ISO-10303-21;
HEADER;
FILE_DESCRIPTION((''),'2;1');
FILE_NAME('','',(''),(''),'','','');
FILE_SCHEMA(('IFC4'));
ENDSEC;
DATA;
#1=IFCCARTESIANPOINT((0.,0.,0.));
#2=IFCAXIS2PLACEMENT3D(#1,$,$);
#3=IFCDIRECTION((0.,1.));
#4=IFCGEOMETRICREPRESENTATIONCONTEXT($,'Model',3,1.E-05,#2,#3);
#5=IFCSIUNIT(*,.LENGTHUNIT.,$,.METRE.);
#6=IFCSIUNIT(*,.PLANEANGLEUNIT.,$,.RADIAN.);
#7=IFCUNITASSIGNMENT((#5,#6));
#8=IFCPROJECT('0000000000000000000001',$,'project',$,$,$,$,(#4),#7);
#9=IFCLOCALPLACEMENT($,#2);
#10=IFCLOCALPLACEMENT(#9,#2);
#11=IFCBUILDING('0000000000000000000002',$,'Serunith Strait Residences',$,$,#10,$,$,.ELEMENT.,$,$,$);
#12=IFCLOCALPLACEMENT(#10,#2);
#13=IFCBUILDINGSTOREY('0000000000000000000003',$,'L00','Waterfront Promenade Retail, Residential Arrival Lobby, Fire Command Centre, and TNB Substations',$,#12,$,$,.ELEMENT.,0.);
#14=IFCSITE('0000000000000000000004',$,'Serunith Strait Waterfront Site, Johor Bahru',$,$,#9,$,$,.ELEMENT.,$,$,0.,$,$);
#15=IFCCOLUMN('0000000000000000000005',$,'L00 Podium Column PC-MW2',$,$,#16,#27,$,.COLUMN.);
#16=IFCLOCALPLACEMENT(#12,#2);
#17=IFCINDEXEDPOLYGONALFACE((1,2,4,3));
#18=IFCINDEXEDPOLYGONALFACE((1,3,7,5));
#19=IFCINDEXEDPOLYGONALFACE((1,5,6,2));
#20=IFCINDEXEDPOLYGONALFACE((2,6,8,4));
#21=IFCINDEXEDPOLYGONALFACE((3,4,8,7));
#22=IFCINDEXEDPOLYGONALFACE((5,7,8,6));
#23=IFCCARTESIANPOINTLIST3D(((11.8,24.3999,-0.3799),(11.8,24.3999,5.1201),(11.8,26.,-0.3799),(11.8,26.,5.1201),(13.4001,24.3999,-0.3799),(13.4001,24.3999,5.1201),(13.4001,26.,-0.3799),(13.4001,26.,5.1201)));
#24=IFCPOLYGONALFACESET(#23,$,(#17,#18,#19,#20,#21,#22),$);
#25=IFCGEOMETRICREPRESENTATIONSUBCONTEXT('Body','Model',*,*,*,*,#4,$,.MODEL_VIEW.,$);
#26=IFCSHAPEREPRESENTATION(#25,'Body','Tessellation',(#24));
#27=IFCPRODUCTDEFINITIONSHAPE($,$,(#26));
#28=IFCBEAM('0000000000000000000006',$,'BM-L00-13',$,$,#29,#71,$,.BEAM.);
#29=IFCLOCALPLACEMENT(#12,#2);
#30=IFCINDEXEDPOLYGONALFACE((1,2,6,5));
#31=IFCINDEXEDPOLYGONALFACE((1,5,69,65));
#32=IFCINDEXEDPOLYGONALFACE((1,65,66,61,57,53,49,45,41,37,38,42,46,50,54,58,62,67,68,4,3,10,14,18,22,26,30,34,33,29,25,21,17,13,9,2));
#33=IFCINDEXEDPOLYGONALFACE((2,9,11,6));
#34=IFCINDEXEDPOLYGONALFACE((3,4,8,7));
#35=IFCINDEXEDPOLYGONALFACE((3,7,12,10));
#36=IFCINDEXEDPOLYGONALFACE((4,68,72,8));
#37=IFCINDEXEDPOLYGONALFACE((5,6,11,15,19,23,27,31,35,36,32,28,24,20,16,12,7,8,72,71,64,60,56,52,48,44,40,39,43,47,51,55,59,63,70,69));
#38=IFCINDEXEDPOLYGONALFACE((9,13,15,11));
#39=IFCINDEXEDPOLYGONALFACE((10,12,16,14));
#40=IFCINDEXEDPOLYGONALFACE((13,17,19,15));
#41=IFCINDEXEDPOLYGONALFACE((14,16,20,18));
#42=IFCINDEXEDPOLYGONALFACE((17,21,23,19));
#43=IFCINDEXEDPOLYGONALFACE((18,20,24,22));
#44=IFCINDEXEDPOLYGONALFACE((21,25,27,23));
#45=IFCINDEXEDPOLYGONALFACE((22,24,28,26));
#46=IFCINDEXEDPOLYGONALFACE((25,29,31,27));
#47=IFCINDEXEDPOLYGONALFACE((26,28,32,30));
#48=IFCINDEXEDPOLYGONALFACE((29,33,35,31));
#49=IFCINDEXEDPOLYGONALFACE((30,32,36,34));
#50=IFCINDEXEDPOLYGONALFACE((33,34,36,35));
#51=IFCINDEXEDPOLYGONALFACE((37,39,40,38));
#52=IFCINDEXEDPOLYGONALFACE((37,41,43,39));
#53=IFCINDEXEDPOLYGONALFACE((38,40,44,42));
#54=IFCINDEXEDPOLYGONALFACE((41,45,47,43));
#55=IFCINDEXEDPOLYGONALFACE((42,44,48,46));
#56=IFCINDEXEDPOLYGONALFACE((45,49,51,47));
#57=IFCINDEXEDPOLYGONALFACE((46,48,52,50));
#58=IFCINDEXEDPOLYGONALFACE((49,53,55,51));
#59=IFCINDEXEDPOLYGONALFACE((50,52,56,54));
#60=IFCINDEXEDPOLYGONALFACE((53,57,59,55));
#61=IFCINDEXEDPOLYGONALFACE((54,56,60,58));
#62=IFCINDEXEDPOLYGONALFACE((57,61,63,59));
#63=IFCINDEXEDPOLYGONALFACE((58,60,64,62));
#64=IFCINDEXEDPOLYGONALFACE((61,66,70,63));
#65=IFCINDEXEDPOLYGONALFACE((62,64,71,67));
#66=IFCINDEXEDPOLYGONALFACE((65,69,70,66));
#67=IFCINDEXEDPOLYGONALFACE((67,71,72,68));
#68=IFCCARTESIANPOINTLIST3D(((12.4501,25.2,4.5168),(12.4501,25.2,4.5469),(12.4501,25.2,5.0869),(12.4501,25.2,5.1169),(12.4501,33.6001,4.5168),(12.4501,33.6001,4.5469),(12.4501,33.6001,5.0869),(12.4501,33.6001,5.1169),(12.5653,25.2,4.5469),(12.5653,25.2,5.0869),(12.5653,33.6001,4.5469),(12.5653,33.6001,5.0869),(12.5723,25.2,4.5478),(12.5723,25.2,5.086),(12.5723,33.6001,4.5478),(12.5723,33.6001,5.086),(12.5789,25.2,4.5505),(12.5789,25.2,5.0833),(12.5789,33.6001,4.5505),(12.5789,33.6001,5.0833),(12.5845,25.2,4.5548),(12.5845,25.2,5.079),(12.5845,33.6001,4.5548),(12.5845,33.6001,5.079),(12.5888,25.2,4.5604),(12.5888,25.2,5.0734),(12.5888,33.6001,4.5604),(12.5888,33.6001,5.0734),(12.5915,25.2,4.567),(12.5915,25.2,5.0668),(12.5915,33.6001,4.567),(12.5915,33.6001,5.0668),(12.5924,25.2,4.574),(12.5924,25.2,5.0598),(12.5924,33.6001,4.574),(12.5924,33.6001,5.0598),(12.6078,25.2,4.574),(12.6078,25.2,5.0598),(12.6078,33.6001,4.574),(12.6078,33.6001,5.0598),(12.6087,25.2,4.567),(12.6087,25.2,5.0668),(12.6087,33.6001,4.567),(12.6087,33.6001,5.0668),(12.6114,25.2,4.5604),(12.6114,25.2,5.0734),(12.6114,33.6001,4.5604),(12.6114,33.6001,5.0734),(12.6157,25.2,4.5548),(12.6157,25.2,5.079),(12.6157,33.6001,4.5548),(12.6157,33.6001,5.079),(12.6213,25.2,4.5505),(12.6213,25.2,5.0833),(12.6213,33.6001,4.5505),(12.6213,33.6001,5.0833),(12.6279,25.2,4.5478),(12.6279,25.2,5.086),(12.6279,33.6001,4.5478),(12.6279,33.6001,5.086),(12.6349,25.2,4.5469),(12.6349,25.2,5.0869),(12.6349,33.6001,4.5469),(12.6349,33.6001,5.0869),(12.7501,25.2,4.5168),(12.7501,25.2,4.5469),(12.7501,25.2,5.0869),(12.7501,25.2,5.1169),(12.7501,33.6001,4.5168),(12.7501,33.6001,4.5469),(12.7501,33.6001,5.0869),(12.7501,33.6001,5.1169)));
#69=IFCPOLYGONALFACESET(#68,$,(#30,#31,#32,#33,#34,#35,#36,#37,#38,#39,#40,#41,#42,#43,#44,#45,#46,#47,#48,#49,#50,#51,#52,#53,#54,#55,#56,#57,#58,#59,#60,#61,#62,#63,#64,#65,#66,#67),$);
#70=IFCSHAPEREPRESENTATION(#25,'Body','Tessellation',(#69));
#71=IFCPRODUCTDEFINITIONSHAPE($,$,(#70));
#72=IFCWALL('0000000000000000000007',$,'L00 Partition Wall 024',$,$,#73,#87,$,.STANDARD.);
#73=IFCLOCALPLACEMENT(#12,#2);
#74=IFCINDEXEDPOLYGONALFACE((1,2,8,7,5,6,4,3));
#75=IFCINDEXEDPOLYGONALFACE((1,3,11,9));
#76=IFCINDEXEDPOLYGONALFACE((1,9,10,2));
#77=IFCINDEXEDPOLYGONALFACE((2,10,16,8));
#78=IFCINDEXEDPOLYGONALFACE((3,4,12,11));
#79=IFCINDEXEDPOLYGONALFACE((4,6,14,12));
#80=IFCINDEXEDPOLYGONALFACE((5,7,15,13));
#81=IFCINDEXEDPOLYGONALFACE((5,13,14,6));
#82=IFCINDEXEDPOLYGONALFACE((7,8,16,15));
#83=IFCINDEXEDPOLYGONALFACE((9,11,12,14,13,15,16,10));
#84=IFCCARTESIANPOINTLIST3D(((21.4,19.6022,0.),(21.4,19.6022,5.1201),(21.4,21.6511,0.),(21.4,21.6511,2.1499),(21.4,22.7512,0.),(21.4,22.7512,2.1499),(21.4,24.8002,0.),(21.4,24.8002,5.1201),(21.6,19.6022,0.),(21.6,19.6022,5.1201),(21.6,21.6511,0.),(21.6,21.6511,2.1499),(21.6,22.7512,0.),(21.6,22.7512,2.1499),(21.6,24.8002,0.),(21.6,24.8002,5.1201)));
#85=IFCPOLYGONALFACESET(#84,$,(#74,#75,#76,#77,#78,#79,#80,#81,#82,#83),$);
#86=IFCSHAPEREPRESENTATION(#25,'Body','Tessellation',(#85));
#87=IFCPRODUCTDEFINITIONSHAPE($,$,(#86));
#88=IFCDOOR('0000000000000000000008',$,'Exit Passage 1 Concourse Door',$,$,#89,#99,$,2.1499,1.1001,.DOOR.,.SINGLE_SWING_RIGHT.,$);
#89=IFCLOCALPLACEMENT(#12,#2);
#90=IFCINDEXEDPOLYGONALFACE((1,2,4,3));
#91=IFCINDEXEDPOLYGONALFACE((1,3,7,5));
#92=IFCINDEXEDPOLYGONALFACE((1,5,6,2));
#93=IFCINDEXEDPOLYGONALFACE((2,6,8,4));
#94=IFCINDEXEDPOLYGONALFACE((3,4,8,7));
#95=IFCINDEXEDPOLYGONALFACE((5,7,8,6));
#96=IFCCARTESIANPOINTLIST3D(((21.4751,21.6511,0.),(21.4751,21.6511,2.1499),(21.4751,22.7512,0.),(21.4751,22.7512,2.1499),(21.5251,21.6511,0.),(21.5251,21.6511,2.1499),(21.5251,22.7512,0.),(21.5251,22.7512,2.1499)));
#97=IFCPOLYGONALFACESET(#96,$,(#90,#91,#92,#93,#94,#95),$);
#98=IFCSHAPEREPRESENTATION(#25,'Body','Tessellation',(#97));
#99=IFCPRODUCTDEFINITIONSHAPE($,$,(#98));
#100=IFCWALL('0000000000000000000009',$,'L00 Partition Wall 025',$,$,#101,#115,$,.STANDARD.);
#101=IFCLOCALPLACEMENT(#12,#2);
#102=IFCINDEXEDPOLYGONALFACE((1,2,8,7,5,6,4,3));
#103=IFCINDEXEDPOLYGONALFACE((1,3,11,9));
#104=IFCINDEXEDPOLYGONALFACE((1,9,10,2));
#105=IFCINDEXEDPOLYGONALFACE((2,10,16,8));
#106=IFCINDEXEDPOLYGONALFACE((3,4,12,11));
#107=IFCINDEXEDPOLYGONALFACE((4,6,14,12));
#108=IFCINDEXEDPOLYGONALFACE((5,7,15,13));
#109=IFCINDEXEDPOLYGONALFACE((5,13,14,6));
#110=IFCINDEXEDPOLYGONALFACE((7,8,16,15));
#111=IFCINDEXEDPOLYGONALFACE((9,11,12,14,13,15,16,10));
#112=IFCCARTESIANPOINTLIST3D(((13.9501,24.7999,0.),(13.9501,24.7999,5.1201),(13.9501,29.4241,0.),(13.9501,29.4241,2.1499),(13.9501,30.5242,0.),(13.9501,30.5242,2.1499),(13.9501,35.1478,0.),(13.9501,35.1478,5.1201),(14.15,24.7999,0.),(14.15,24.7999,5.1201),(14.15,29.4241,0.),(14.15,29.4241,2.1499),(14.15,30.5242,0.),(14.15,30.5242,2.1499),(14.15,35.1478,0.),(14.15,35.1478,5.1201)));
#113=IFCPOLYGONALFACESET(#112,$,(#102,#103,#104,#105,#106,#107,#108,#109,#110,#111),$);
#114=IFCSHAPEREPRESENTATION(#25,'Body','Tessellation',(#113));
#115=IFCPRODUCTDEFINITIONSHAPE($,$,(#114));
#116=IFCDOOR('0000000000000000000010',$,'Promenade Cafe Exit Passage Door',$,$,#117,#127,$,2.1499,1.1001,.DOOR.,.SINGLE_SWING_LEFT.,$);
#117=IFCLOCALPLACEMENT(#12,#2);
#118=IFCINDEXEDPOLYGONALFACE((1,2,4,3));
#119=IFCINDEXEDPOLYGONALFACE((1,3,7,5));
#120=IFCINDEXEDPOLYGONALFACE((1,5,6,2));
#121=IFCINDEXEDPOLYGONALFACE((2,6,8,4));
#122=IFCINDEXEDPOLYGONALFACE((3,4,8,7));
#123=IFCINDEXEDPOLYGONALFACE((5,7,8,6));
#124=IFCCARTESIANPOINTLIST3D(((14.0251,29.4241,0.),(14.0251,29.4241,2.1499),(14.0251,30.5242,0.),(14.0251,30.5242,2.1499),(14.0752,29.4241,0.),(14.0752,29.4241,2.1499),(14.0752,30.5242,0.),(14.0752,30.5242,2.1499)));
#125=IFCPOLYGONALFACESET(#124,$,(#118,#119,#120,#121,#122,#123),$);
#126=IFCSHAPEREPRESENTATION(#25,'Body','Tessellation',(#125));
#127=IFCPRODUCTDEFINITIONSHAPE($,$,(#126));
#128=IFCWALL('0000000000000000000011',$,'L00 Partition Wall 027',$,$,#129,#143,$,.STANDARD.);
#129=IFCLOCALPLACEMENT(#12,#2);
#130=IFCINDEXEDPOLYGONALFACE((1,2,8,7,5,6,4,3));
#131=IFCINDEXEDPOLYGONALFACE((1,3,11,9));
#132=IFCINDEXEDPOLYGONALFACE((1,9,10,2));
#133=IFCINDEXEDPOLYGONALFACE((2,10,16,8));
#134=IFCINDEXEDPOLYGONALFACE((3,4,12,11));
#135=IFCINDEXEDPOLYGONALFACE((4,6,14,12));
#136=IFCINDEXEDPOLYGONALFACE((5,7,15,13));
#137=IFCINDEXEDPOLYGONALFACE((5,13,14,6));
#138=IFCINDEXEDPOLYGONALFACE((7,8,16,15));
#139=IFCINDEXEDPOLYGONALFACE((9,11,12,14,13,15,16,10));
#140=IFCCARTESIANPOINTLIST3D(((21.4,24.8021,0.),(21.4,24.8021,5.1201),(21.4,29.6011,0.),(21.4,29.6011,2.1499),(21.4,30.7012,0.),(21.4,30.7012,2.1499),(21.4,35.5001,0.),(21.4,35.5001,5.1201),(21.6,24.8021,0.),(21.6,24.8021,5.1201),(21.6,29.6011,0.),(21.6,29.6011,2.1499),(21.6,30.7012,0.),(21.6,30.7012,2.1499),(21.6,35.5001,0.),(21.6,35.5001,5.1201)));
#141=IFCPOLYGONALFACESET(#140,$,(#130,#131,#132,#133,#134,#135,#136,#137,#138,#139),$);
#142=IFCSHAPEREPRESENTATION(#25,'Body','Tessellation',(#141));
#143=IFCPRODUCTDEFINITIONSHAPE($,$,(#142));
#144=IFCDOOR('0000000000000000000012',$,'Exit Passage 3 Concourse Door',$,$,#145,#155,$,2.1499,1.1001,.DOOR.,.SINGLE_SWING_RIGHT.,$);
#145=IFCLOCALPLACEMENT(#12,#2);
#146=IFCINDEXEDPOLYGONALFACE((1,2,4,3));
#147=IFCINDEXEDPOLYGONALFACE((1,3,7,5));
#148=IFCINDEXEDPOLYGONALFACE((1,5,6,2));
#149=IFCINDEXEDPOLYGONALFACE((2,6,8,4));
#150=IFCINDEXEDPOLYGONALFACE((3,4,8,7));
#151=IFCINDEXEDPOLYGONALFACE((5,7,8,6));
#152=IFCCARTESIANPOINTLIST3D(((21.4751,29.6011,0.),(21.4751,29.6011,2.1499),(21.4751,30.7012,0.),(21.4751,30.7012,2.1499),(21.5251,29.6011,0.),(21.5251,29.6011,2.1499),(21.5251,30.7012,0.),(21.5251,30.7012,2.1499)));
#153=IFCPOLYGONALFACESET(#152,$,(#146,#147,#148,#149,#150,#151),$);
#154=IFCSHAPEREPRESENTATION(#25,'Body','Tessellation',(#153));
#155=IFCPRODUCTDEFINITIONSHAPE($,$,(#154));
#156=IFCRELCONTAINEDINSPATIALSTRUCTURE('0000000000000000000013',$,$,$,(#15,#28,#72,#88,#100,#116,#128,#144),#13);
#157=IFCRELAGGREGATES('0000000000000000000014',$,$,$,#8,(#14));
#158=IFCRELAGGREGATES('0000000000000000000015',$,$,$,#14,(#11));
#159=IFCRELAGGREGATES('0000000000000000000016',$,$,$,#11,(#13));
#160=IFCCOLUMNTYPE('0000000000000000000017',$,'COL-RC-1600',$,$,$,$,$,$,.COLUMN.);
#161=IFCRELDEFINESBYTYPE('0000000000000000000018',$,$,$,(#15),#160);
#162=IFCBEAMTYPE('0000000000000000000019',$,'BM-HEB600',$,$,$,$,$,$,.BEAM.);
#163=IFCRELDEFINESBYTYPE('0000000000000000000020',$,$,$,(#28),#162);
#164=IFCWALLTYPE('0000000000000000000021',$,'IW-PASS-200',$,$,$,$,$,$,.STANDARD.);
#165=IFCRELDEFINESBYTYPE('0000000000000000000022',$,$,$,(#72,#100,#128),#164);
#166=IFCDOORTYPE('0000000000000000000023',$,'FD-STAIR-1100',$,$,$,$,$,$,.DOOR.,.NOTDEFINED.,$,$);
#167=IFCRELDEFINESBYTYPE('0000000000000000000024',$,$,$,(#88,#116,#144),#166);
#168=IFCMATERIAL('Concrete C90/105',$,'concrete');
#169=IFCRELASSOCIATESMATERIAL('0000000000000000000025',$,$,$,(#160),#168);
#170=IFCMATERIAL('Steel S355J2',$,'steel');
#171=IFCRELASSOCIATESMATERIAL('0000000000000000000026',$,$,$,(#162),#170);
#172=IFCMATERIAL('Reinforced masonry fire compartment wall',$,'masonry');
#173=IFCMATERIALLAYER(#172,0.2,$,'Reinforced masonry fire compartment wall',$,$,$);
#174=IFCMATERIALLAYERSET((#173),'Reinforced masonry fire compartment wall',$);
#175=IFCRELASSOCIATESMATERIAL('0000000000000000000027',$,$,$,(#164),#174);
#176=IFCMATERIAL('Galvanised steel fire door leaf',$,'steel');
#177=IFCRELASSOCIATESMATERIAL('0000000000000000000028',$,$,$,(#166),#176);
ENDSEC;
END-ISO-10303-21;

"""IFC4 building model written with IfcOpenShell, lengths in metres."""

from ifc_helpers import new_model, si_unit, direction, frame, frame_2d, origin, origin_2d, place, context, subcontext, project, spatial, rectangle, i_section, extrude, source, transform, mapped, material, layer, layer_set, material_profile, profile_set, type_object, element, fill, save


model = new_model("IFC4")

# Units and contexts
model_context = context("Model", 3, precision=1e-05, world=origin(), true_north=direction((0.0, 1.0)))
body_context = subcontext(model_context, "Body", "Model", "MODEL_VIEW")
ifc_project = project(units=[si_unit("LENGTHUNIT", "METRE"), si_unit("PLANEANGLEUNIT", "RADIAN")], contexts=[model_context])

# Site, building, storey
site_placement = place(None, origin())
site = spatial("IfcSite", under=ifc_project, at=site_placement, Name="Serunith Strait Waterfront Site, Johor Bahru", CompositionType="ELEMENT", RefElevation=0.0)
building_placement = place(site_placement, origin())
building = spatial("IfcBuilding", under=site, at=building_placement, Name="Serunith Strait Residences", CompositionType="ELEMENT")
storey_placement = place(building_placement, origin())
storey = spatial("IfcBuildingStorey", under=building, at=storey_placement, Name="L00", Description="Waterfront Promenade Retail, Residential Arrival Lobby, Fire Command Centre, and TNB Substations", CompositionType="ELEMENT", Elevation=0.0)

# Column
ifc_material_1 = material(Name="Concrete C90/105", Category="concrete")
ifc_material_profile_1 = material_profile(ifc_material_1, rectangle(XDim=1.6001, YDim=1.6001, at=origin_2d()), Name="RC 1600x1600")
ifc_profile_set_1 = profile_set([ifc_material_profile_1], Name="Concrete C90/105")
column_type = type_object("IfcColumnType", Name="COL-RC-1600", PredefinedType="COLUMN", material=ifc_profile_set_1)
shared_shape_1 = source(origin(), body_context, "Body", "SweptSolid", [
    extrude(rectangle(XDim=1.6001, YDim=1.6001, at=origin_2d()), origin(), (0.0, 0.0, 1.0), 5.5),
])
column_placement = place(storey_placement, frame((12.6001, 25.2, -0.3799), z_axis=(0.0, 0.0, 1.0), x_axis=(1.0, 0.0, 0.0)))
element("IfcColumn", 1, at=column_placement, inside=storey, type_object=column_type, Name="L00 Podium Column PC-MW2", PredefinedType="COLUMN", context=body_context, shape_type="MappedRepresentation", body=[
    mapped(shared_shape_1, transform((0.0, 0.0, 0.0), scale=1.0)),
])

# Beam
ifc_material_2 = material(Name="Steel S355J2", Category="steel")
ifc_material_profile_2 = material_profile(ifc_material_2, i_section(OverallWidth=0.3, OverallDepth=0.6001, WebThickness=0.0154, FlangeThickness=0.03, FilletRadius=0.0271, at=origin_2d()), Name="HEB 600")
ifc_profile_set_2 = profile_set([ifc_material_profile_2], Name="Steel S355J2")
beam_type = type_object("IfcBeamType", Name="BM-HEB600", PredefinedType="BEAM", material=ifc_profile_set_2)
shared_shape_2 = source(origin(), body_context, "Body", "SweptSolid", [
    extrude(i_section(OverallWidth=0.3, OverallDepth=0.6001, WebThickness=0.0154, FlangeThickness=0.03, FilletRadius=0.0271, at=origin_2d()), origin(), (0.0, 0.0, 1.0), 8.4001),
])
beam_placement = place(storey_placement, frame((12.6001, 25.2, 4.8169), z_axis=(0.0, 1.0, 0.0), x_axis=(-1.0, 0.0, 0.0)))
element("IfcBeam", 2, at=beam_placement, inside=storey, type_object=beam_type, Name="BM-L00-13", PredefinedType="BEAM", context=body_context, shape_type="MappedRepresentation", body=[
    mapped(shared_shape_2, transform((0.0, 0.0, 0.0), scale=1.0)),
])

# Walls, openings, doors
ifc_material_3 = material(Name="Reinforced masonry fire compartment wall", Category="masonry")
ifc_layer_1 = layer(ifc_material_3, 0.2, Name="Reinforced masonry fire compartment wall")
ifc_layer_set_1 = layer_set([ifc_layer_1], Name="Reinforced masonry fire compartment wall")
wall_type_1 = type_object("IfcWallType", Name="IW-PASS-200", PredefinedType="STANDARD", material=ifc_layer_set_1)
wall_1_placement = place(storey_placement, frame((21.5, 19.6021, 0.0), z_axis=(0.0, 0.0, 1.0), x_axis=(0.0, 1.0, 0.0)))
wall_1 = element("IfcWall", 3, at=wall_1_placement, inside=storey, type_object=wall_type_1, Name="L00 Partition Wall 024", PredefinedType="STANDARD", context=body_context, shape_type="SweptSolid", body=[
    extrude(rectangle(XDim=5.198, YDim=0.2, at=frame_2d((2.5991, 0.0))), origin(), (0.0, 0.0, 1.0), 5.1201),
])
opening_1_placement = place(wall_1_placement, frame((2.0491, 0.0, 0.0)))
opening_1 = element("IfcOpeningElement", 4, at=opening_1_placement, cuts=wall_1, PredefinedType="OPENING", context=body_context, shape_type="SweptSolid", body=[
    extrude(rectangle(XDim=1.1001, YDim=2.1499, at=frame_2d((0.55, 1.075))), frame((0.0, 0.1099, 0.0), z_axis=(0.0, -1.0, 0.0), x_axis=(1.0, 0.0, 0.0)), (0.0, 0.0, 1.0), 0.22),
])
ifc_material_4 = material(Name="Galvanised steel fire door leaf", Category="steel")
door_type_1 = type_object("IfcDoorType", Name="FD-STAIR-1100", OperationType="NOTDEFINED", PredefinedType="DOOR", material=ifc_material_4)
shared_shape_3 = source(origin(), body_context, "Body", "SweptSolid", [
    extrude(rectangle(XDim=1.1001, YDim=2.1499, at=frame_2d((0.55, 1.075))), frame((0.0, 0.0249, 0.0), z_axis=(0.0, -1.0, 0.0), x_axis=(1.0, 0.0, 0.0)), (0.0, 0.0, 1.0), 0.05),
])
door_1_placement = place(opening_1_placement, origin())
door_1 = element("IfcDoor", 5, at=door_1_placement, inside=storey, type_object=door_type_1, Name="Exit Passage 1 Concourse Door", OperationType="SINGLE_SWING_RIGHT", OverallHeight=2.1499, OverallWidth=1.1001, PredefinedType="DOOR", context=body_context, shape_type="MappedRepresentation", body=[
    mapped(shared_shape_3, transform((0.0, 0.0, 0.0), scale=1.0)),
])
fill(opening_1, door_1)
wall_2_placement = place(storey_placement, frame((14.05, 24.8, 0.0), z_axis=(0.0, 0.0, 1.0), x_axis=(0.0, 1.0, 0.0)))
wall_2 = element("IfcWall", 6, at=wall_2_placement, inside=storey, type_object=wall_type_1, Name="L00 Partition Wall 025", PredefinedType="STANDARD", context=body_context, shape_type="SweptSolid", body=[
    extrude(rectangle(XDim=10.3479, YDim=0.2, at=frame_2d((5.1738, 0.0))), origin(), (0.0, 0.0, 1.0), 5.1201),
])
opening_2_placement = place(wall_2_placement, frame((4.624, 0.0, 0.0)))
opening_2 = element("IfcOpeningElement", 7, at=opening_2_placement, cuts=wall_2, PredefinedType="OPENING", context=body_context, shape_type="SweptSolid", body=[
    extrude(rectangle(XDim=1.1001, YDim=2.1499, at=frame_2d((0.55, 1.075))), frame((0.0, 0.1099, 0.0), z_axis=(0.0, -1.0, 0.0), x_axis=(1.0, 0.0, 0.0)), (0.0, 0.0, 1.0), 0.22),
])
door_2_placement = place(opening_2_placement, origin())
door_2 = element("IfcDoor", 8, at=door_2_placement, inside=storey, type_object=door_type_1, Name="Promenade Cafe Exit Passage Door", OperationType="SINGLE_SWING_LEFT", OverallHeight=2.1499, OverallWidth=1.1001, PredefinedType="DOOR", context=body_context, shape_type="MappedRepresentation", body=[
    mapped(shared_shape_3, transform((0.0, 0.0, 0.0), scale=1.0)),
])
fill(opening_2, door_2)
wall_3_placement = place(storey_placement, frame((21.5, 24.802, 0.0), z_axis=(0.0, 0.0, 1.0), x_axis=(0.0, 1.0, 0.0)))
wall_3 = element("IfcWall", 9, at=wall_3_placement, inside=storey, type_object=wall_type_1, Name="L00 Partition Wall 027", PredefinedType="STANDARD", context=body_context, shape_type="SweptSolid", body=[
    extrude(rectangle(XDim=10.698, YDim=0.2, at=frame_2d((5.3491, 0.0))), origin(), (0.0, 0.0, 1.0), 5.1201),
])
opening_3_placement = place(wall_3_placement, frame((4.7991, 0.0, 0.0)))
opening_3 = element("IfcOpeningElement", 10, at=opening_3_placement, cuts=wall_3, PredefinedType="OPENING", context=body_context, shape_type="SweptSolid", body=[
    extrude(rectangle(XDim=1.1001, YDim=2.1499, at=frame_2d((0.55, 1.075))), frame((0.0, 0.1099, 0.0), z_axis=(0.0, -1.0, 0.0), x_axis=(1.0, 0.0, 0.0)), (0.0, 0.0, 1.0), 0.22),
])
door_3_placement = place(opening_3_placement, origin())
door_3 = element("IfcDoor", 11, at=door_3_placement, inside=storey, type_object=door_type_1, Name="Exit Passage 3 Concourse Door", OperationType="SINGLE_SWING_RIGHT", OverallHeight=2.1499, OverallWidth=1.1001, PredefinedType="DOOR", context=body_context, shape_type="MappedRepresentation", body=[
    mapped(shared_shape_3, transform((0.0, 0.0, 0.0), scale=1.0)),
])
fill(opening_3, door_3)

save(model, "model.ifc")
